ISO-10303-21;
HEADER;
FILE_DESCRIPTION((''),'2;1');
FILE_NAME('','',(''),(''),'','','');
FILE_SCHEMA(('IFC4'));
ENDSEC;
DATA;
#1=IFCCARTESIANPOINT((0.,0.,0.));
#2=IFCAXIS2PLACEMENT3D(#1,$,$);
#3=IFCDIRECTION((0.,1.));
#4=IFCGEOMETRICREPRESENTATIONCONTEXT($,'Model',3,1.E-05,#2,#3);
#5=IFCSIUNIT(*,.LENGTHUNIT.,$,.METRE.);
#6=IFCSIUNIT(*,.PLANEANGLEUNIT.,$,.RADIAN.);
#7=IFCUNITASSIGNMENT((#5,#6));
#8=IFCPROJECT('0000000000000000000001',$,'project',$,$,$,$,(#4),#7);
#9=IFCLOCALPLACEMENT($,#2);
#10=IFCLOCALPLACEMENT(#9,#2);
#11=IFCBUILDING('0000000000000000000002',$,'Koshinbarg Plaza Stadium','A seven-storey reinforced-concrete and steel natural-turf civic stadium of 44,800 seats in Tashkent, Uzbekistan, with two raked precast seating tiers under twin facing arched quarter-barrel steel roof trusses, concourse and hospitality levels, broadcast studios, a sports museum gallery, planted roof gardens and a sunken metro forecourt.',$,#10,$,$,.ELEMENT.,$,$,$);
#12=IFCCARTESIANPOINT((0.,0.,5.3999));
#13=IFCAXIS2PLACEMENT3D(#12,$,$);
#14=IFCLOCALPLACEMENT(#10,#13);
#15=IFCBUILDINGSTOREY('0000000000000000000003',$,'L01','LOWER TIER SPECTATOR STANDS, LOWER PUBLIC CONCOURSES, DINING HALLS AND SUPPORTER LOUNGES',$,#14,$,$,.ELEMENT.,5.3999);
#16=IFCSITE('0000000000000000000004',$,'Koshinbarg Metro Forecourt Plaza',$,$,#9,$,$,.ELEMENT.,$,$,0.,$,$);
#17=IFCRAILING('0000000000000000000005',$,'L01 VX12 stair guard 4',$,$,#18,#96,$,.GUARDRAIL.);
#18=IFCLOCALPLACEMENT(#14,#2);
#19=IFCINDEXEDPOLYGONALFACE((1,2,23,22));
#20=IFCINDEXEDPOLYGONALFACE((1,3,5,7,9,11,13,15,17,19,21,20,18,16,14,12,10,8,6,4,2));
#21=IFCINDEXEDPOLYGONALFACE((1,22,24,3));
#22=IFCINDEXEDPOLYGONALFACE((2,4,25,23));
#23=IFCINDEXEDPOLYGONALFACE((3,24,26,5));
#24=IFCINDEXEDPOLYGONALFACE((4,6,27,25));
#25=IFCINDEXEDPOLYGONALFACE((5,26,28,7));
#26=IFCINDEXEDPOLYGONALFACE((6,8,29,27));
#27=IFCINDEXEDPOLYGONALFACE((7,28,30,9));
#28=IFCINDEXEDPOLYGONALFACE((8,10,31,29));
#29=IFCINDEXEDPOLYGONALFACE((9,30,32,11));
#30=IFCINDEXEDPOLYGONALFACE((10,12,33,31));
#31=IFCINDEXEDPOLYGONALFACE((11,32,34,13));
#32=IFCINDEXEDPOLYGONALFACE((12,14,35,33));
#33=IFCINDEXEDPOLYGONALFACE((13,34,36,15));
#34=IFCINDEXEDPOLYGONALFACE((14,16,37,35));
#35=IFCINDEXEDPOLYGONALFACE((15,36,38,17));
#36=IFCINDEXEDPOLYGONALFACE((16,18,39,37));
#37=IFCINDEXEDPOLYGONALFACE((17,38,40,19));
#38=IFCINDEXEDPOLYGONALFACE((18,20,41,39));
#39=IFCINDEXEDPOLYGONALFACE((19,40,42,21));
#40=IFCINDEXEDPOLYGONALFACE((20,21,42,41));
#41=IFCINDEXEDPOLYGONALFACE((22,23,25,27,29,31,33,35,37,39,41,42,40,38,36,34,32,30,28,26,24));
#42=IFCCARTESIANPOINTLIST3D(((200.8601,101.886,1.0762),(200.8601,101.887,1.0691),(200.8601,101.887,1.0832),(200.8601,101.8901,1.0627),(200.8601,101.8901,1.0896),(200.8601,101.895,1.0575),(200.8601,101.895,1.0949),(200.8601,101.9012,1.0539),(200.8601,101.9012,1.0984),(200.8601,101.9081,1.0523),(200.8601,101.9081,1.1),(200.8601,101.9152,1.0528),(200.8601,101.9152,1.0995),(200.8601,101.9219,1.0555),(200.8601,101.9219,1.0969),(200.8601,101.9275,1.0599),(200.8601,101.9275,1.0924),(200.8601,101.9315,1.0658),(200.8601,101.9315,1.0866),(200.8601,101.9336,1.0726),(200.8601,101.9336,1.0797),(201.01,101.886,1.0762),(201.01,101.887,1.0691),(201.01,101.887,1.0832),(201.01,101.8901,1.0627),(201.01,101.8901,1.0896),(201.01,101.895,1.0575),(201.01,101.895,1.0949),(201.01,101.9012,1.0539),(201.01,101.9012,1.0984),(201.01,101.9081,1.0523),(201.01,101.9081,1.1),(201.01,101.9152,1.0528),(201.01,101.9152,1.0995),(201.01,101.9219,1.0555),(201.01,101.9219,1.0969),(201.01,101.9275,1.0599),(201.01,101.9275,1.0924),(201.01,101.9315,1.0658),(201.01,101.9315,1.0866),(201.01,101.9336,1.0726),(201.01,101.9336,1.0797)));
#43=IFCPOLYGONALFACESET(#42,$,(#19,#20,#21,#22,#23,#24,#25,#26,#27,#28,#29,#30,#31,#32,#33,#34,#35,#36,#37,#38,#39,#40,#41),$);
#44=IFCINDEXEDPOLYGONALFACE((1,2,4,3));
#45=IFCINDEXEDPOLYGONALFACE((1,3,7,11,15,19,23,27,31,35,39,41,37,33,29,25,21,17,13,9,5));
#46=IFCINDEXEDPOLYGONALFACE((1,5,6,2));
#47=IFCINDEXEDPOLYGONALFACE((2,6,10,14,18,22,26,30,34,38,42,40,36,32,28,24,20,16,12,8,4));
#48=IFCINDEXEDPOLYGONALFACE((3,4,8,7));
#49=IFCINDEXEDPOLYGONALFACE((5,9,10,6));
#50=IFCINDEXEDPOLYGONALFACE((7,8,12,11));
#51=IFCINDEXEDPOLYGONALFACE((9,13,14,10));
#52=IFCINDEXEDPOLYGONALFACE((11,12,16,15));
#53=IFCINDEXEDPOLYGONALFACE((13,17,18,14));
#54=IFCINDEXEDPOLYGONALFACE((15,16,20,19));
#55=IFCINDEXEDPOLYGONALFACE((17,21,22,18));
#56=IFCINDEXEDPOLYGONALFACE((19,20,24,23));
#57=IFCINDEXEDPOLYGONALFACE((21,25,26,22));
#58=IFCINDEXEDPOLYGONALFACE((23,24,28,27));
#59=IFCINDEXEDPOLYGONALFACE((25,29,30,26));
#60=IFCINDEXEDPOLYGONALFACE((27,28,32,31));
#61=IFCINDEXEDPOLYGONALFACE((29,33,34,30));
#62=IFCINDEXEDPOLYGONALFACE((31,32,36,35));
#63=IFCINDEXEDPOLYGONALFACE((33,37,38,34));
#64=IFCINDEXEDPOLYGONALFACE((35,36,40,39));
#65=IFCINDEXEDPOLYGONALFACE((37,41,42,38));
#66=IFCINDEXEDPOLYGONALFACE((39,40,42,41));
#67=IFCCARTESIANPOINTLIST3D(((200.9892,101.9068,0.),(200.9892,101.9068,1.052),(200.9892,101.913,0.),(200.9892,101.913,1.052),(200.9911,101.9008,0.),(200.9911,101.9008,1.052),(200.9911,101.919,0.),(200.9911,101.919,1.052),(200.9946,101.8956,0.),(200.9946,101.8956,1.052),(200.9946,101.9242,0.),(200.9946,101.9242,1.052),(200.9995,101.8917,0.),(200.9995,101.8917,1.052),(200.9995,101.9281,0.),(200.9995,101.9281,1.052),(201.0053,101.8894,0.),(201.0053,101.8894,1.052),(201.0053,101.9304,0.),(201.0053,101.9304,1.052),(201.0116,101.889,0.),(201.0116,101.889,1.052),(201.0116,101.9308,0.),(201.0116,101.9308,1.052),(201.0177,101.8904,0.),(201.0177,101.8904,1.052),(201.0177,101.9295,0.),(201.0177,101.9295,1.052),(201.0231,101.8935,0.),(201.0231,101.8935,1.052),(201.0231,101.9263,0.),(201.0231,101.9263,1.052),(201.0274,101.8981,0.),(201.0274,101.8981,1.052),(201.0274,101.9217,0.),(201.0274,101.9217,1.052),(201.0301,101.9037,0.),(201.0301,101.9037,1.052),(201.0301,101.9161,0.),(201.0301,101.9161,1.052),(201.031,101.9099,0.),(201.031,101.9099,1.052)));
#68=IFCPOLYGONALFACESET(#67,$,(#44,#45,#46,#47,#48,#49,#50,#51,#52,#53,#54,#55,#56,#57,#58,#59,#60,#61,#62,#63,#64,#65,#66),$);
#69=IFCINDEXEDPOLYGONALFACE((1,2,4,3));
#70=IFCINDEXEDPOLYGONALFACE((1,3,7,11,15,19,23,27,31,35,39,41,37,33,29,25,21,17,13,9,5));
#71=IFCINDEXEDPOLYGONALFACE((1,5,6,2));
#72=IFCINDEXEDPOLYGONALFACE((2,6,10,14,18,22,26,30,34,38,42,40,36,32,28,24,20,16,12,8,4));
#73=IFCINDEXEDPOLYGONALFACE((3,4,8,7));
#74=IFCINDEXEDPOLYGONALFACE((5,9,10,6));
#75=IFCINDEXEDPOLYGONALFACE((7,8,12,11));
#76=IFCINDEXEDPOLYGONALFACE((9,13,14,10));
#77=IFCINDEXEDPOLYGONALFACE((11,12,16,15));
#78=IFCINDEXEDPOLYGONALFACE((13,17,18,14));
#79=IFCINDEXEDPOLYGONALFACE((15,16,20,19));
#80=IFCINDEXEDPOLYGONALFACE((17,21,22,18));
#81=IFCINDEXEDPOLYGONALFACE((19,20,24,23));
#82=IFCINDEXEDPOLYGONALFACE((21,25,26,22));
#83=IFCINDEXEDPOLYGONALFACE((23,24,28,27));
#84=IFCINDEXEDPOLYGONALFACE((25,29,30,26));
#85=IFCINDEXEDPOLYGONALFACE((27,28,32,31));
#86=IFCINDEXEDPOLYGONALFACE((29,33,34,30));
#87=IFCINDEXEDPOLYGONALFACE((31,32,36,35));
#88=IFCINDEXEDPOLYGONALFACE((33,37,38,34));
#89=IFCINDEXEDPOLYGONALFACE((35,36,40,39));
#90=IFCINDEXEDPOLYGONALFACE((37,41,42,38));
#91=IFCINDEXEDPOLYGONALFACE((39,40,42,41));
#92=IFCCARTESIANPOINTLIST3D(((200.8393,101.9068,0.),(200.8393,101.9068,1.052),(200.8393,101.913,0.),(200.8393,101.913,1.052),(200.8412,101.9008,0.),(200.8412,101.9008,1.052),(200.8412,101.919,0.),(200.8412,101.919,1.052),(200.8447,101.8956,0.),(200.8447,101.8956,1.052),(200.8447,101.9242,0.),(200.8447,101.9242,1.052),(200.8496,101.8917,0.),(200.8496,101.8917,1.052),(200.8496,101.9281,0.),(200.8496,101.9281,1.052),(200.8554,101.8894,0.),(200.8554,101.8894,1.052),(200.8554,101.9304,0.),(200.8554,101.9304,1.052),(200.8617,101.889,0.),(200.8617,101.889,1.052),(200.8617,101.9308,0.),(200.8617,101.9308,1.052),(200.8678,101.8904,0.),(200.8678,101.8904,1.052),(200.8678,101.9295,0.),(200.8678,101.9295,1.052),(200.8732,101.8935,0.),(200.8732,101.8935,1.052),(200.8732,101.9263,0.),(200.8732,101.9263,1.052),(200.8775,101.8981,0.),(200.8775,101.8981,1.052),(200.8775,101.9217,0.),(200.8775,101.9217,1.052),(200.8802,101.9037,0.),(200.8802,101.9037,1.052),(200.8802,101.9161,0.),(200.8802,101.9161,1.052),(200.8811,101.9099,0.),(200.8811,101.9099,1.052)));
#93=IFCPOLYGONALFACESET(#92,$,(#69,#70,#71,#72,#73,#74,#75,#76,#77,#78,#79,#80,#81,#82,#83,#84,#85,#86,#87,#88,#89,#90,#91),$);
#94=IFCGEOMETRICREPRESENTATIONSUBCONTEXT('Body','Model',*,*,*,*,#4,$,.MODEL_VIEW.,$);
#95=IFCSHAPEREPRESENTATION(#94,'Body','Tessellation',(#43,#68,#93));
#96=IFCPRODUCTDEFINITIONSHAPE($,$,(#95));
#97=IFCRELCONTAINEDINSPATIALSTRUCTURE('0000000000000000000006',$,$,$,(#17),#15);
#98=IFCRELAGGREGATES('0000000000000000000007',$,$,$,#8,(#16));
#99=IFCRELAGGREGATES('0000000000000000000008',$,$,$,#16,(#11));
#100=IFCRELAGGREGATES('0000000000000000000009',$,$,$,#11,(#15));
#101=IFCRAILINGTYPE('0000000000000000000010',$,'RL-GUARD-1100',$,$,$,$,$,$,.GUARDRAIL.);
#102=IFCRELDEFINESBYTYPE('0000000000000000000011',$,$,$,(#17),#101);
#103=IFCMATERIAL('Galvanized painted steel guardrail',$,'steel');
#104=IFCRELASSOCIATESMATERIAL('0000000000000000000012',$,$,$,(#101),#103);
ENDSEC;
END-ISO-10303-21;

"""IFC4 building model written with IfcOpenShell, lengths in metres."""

from ifc_helpers import new_model, si_unit, direction, frame, origin, origin_2d, place, context, subcontext, project, spatial, circle, extrude, material, type_object, element, save


model = new_model("IFC4")

# Units and contexts
model_context = context("Model", 3, precision=1e-05, world=origin(), true_north=direction((0.0, 1.0)))
body_context = subcontext(model_context, "Body", "Model", "MODEL_VIEW")
ifc_project = project(units=[si_unit("LENGTHUNIT", "METRE"), si_unit("PLANEANGLEUNIT", "RADIAN")], contexts=[model_context])

# Site, building, storey
site_placement = place(None, origin())
site = spatial("IfcSite", under=ifc_project, at=site_placement, Name="Koshinbarg Metro Forecourt Plaza", CompositionType="ELEMENT", RefElevation=0.0)
building_placement = place(site_placement, origin())
building = spatial("IfcBuilding", under=site, at=building_placement, Name="Koshinbarg Plaza Stadium", Description="A seven-storey reinforced-concrete and steel natural-turf civic stadium of 44,800 seats in Tashkent, Uzbekistan, with two raked precast seating tiers under twin facing arched quarter-barrel steel roof trusses, concourse and hospitality levels, broadcast studios, a sports museum gallery, planted roof gardens and a sunken metro forecourt.", CompositionType="ELEMENT")
storey_placement = place(building_placement, frame((0.0, 0.0, 5.3999)))
storey = spatial("IfcBuildingStorey", under=building, at=storey_placement, Name="L01", Description="LOWER TIER SPECTATOR STANDS, LOWER PUBLIC CONCOURSES, DINING HALLS AND SUPPORTER LOUNGES", CompositionType="ELEMENT", Elevation=5.3999)

# Railing
ifc_material_1 = material(Name="Galvanized painted steel guardrail", Category="steel")
railing_type_1 = type_object("IfcRailingType", Name="RL-GUARD-1100", PredefinedType="GUARDRAIL", material=ifc_material_1)
railing_1_placement = place(storey_placement, frame((201.01, 101.9099, 0.0)))
element("IfcRailing", 1, at=railing_1_placement, inside=storey, type_object=railing_type_1, Name="L01 VX12 stair guard 4", PredefinedType="GUARDRAIL", context=body_context, shape_type="SweptSolid", body=[
    extrude(circle(Radius=0.0239, at=origin_2d()), frame((0.0, 0.0, 1.0762), z_axis=(-1.0, 0.0, 0.0), x_axis=(0.0, -1.0, 0.0)), (0.0, 0.0, 1.0), 0.1499),
    extrude(circle(Radius=0.021, at=origin_2d()), origin(), (0.0, 0.0, 1.0), 1.052),
    extrude(circle(Radius=0.021, at=origin_2d()), frame((-0.1499, 0.0, 0.0)), (0.0, 0.0, 1.0), 1.052),
])

save(model, "model.ifc")
